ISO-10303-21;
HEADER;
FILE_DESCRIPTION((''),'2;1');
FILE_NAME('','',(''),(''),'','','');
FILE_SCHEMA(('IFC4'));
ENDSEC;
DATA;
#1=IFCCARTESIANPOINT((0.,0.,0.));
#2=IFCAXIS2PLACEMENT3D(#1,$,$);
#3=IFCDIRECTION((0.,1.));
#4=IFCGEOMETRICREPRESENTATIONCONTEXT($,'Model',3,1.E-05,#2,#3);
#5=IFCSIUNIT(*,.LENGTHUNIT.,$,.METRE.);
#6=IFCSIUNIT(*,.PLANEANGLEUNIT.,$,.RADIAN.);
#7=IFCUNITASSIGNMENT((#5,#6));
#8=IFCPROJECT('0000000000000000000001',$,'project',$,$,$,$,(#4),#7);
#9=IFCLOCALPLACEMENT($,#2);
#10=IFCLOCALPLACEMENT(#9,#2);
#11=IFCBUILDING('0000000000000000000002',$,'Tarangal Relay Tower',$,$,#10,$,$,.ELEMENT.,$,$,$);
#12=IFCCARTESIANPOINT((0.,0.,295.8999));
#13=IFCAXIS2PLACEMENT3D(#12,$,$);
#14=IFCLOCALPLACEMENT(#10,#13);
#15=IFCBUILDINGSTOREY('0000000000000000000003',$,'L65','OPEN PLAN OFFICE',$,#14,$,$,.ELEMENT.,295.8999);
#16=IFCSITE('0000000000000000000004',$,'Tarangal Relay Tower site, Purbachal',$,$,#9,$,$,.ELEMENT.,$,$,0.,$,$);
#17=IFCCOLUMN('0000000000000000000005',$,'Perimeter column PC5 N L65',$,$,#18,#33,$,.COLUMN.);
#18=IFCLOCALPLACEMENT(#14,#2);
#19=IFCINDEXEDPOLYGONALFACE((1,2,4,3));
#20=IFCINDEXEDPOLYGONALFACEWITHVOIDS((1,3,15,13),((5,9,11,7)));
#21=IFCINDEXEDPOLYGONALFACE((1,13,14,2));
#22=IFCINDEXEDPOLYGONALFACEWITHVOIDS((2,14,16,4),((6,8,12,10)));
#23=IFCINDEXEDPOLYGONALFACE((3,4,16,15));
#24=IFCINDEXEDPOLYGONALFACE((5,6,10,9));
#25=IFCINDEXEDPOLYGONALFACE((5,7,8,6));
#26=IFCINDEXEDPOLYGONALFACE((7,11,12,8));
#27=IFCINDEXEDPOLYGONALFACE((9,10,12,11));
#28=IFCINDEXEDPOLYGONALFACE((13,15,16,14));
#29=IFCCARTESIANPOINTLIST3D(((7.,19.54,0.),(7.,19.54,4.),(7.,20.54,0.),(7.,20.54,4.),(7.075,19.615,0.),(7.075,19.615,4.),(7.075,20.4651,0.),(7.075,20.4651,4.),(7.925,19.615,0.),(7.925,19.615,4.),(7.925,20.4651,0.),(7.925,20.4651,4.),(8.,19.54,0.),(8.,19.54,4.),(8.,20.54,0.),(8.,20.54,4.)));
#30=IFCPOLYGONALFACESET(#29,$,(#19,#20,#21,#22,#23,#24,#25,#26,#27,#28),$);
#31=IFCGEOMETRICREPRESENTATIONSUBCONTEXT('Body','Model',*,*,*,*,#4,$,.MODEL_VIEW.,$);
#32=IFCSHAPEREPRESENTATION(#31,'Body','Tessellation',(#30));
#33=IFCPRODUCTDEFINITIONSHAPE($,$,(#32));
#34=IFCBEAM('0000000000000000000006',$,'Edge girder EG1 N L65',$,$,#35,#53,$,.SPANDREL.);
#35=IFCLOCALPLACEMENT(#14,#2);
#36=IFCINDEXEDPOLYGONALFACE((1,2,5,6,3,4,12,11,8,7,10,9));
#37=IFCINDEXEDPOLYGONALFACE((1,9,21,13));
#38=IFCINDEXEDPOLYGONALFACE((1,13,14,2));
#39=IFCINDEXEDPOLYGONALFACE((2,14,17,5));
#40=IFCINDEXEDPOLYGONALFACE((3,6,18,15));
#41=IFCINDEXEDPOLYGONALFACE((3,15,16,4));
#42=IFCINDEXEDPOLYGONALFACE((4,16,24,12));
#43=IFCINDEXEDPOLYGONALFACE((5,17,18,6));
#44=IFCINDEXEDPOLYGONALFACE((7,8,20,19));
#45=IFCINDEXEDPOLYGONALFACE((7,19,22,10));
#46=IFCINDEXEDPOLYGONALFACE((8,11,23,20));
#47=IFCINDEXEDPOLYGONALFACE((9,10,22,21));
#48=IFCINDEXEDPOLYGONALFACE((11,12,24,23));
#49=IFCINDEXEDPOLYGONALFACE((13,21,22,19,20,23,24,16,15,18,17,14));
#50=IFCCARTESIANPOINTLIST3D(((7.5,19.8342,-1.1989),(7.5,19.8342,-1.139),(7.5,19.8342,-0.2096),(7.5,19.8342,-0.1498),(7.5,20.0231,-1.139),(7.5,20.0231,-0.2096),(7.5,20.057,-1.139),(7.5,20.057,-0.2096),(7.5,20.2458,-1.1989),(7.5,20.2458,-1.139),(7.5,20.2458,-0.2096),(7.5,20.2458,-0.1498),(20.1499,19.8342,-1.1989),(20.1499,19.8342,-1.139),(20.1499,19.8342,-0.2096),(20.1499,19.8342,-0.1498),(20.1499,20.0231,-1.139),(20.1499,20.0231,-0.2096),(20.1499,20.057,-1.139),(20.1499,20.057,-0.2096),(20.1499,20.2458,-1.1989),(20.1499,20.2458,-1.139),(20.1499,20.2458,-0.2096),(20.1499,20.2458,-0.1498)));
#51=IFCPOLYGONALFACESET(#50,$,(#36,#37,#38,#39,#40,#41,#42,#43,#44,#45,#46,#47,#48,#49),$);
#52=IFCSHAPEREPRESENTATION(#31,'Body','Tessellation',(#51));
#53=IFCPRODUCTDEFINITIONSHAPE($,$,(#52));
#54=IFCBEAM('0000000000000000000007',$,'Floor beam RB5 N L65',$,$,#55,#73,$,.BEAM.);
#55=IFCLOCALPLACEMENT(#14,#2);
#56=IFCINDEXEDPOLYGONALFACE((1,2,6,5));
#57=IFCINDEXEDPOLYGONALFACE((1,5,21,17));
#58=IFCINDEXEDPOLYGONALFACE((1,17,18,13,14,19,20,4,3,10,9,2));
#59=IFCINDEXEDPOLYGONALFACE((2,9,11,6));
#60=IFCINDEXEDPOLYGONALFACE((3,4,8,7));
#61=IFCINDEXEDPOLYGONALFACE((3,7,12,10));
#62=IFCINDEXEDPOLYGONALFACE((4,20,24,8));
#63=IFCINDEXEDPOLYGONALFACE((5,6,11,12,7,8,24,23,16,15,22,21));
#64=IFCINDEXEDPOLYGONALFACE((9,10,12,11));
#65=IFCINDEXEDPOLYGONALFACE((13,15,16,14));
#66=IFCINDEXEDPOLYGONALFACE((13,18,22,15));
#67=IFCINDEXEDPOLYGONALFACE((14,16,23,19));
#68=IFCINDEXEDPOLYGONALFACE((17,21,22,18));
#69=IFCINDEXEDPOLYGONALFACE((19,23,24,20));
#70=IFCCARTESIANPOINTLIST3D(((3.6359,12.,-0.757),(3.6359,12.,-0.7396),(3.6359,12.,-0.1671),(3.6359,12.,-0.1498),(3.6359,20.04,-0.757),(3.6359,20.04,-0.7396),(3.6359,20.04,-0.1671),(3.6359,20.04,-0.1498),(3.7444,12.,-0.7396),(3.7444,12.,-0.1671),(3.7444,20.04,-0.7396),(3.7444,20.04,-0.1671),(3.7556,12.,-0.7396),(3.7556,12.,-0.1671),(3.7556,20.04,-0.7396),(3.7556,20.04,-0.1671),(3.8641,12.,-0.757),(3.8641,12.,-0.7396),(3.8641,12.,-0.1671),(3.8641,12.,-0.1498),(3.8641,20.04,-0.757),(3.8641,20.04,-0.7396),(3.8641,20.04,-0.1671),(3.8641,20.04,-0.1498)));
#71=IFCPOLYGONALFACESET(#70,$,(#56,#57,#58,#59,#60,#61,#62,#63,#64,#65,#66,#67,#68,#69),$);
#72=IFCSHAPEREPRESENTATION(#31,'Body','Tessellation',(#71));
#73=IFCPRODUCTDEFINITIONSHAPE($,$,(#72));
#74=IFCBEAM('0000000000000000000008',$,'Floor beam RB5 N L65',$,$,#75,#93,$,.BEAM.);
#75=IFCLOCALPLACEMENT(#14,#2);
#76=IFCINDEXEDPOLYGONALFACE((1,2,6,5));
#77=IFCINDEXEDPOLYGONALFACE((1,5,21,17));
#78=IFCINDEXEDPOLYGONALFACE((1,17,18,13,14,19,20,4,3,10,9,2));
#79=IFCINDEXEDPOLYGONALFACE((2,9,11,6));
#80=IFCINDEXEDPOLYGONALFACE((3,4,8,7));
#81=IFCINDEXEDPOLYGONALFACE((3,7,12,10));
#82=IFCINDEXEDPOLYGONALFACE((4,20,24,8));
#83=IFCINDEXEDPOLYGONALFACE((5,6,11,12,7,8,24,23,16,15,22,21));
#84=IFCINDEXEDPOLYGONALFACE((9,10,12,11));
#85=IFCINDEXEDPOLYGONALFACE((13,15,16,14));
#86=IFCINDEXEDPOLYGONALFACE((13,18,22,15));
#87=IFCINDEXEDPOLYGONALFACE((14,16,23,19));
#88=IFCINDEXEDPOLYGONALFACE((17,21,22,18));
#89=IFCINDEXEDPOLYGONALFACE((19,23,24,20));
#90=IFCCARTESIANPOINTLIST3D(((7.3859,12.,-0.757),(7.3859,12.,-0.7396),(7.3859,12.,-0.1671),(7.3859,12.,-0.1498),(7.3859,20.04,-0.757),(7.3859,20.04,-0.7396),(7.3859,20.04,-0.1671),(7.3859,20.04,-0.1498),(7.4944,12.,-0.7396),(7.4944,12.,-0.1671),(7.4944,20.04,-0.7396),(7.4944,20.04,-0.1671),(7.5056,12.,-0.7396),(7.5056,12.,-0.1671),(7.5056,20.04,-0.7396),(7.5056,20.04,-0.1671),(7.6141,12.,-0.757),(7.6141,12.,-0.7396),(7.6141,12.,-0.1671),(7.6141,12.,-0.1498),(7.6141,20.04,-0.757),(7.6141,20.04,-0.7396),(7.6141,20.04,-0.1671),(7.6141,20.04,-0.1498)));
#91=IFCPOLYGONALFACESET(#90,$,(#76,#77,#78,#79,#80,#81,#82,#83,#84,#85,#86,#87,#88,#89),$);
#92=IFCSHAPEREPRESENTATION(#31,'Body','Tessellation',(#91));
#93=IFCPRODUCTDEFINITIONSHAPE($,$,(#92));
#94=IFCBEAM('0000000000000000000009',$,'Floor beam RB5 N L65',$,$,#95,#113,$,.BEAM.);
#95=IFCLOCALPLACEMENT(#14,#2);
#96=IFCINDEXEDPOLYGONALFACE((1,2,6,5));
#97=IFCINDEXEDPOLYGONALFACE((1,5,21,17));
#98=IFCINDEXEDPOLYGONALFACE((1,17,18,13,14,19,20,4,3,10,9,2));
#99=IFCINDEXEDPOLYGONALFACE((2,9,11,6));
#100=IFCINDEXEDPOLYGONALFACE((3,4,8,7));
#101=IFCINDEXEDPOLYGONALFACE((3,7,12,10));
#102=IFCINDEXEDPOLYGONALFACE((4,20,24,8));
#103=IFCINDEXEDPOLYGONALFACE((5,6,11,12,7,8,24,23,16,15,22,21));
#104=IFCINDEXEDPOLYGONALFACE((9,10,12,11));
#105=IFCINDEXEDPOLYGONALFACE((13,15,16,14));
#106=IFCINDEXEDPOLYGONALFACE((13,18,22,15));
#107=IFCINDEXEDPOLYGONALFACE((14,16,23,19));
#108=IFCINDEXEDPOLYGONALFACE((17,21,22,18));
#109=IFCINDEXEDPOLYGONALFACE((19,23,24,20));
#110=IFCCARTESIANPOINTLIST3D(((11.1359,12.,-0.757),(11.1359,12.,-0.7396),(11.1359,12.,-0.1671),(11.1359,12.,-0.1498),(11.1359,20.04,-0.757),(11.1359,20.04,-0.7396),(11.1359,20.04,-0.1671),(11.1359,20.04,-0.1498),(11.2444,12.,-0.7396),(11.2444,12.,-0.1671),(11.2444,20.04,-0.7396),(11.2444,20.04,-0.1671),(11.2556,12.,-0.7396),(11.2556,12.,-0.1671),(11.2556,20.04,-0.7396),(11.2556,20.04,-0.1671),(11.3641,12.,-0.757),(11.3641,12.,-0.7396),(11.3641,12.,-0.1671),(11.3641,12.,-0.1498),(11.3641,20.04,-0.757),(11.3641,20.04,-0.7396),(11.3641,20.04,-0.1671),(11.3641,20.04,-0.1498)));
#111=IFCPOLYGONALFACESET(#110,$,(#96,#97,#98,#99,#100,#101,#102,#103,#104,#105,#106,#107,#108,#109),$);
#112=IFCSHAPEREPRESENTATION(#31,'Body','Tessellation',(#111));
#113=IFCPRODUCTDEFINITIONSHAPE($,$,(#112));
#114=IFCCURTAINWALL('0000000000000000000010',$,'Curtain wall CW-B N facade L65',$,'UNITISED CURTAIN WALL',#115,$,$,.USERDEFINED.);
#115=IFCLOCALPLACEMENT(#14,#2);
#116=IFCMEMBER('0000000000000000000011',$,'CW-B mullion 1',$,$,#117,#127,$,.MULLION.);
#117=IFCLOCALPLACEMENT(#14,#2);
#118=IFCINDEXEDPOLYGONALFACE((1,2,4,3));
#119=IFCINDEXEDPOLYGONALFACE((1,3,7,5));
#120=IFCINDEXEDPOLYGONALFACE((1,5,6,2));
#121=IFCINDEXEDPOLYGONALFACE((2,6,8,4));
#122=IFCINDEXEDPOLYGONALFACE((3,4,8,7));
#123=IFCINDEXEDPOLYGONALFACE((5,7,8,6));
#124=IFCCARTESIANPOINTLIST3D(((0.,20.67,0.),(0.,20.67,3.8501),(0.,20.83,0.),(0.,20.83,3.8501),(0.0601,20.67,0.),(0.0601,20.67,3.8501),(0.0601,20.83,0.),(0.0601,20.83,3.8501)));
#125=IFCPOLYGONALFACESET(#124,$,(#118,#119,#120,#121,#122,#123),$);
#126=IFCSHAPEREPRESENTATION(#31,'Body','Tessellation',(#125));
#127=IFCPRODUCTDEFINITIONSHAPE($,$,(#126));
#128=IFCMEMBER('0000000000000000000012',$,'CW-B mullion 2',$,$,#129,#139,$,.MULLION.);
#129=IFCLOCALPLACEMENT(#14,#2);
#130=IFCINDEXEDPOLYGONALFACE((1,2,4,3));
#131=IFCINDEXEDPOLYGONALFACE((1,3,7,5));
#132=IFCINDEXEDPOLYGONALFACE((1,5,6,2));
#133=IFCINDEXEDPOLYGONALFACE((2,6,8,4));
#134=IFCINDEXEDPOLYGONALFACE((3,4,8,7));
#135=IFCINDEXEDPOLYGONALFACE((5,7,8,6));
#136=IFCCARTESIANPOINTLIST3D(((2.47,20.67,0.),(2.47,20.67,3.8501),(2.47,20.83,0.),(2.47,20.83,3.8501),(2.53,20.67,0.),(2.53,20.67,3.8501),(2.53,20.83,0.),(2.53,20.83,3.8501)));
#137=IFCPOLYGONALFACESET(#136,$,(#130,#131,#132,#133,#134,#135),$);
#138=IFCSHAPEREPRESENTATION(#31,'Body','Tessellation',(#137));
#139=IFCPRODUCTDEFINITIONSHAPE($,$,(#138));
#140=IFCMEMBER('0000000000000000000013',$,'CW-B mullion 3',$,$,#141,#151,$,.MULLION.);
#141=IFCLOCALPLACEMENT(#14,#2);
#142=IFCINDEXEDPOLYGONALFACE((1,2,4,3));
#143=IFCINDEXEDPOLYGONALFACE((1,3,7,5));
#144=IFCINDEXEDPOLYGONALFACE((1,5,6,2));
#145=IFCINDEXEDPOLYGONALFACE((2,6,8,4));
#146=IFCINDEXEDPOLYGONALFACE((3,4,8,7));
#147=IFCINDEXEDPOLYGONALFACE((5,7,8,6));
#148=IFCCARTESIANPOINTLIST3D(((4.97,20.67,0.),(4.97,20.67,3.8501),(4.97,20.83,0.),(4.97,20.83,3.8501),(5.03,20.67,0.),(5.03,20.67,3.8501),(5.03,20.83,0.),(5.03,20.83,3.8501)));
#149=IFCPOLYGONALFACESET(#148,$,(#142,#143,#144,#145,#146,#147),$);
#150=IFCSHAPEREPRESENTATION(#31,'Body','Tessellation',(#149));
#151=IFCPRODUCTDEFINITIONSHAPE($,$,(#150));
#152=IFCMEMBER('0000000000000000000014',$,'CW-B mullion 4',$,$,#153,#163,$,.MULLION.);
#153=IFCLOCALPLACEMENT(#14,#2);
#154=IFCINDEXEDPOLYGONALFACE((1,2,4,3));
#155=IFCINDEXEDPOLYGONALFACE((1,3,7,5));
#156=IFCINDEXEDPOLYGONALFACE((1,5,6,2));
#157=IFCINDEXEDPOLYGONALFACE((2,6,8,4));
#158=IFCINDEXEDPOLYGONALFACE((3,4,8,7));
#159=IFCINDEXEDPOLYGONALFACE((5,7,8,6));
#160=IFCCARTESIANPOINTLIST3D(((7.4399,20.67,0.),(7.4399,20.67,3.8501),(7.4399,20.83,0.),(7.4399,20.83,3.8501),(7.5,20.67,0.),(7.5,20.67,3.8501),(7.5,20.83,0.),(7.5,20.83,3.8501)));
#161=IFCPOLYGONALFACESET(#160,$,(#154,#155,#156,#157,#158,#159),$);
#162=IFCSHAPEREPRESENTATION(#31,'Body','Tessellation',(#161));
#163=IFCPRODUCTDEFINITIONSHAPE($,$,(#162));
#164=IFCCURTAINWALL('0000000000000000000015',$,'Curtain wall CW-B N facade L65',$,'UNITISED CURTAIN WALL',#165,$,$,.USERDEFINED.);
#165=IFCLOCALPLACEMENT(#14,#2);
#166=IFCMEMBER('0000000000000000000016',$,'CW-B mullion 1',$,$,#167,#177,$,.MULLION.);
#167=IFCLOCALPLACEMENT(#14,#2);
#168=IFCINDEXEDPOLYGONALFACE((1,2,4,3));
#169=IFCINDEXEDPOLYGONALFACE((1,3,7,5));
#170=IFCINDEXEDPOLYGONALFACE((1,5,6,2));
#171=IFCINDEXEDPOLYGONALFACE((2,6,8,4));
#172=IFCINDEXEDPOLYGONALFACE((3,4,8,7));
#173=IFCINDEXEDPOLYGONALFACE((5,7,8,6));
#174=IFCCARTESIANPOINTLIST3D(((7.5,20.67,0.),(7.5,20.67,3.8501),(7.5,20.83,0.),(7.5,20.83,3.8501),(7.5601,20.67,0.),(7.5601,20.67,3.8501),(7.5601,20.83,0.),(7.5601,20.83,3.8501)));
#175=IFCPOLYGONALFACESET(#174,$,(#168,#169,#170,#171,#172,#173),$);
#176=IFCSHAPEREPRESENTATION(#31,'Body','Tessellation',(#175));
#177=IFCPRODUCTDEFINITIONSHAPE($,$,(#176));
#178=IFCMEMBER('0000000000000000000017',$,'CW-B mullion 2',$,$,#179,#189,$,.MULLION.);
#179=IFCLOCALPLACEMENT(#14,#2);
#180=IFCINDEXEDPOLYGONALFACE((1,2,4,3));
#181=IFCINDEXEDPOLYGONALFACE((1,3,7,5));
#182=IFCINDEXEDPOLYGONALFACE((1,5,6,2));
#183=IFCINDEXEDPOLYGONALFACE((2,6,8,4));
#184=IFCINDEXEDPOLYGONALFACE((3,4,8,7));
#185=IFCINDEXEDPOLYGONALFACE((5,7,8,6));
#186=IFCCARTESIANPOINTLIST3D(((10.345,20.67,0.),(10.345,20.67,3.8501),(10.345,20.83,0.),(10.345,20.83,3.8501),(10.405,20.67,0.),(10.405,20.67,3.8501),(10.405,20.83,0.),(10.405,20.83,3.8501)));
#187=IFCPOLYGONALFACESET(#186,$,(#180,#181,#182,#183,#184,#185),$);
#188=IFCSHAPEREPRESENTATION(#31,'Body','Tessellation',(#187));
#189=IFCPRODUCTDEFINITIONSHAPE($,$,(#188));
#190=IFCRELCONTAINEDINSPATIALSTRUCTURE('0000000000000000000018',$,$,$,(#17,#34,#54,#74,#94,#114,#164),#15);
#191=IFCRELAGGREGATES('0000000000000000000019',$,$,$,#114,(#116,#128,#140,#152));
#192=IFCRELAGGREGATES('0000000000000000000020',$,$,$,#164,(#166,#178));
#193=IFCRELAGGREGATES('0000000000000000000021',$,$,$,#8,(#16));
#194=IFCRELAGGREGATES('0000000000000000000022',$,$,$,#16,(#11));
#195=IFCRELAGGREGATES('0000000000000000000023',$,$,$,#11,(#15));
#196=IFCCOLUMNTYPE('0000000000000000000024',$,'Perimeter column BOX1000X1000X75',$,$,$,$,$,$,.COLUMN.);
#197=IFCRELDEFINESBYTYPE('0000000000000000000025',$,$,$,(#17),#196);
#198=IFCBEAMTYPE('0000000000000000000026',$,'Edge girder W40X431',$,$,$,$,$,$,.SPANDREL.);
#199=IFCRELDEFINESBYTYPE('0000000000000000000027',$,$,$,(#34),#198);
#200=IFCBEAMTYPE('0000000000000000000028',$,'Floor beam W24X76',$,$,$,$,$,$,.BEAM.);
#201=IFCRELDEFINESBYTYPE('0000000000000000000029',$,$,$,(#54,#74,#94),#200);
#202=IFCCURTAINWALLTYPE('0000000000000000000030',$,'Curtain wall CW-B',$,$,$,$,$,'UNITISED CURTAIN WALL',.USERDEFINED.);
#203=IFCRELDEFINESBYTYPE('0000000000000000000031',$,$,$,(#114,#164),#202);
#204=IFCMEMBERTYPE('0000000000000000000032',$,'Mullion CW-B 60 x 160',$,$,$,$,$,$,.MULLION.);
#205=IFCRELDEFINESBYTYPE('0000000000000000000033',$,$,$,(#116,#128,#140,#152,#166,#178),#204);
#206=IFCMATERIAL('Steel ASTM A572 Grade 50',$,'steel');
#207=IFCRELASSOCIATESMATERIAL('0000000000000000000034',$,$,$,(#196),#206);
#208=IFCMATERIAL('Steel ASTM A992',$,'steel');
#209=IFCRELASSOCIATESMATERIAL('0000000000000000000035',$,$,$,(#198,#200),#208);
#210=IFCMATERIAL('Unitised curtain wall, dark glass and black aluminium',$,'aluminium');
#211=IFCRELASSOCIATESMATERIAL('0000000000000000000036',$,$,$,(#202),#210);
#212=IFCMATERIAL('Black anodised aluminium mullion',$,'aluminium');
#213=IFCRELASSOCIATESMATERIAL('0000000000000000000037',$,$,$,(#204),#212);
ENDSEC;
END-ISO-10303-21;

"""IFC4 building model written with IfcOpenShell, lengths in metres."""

from ifc_helpers import new_model, si_unit, direction, frame, origin, origin_2d, place, context, subcontext, project, spatial, rectangle, hollow_rectangle, i_section, extrude, material, material_profile, profile_set, type_object, element, aggregate, save


model = new_model("IFC4")

# Units and contexts
model_context = context("Model", 3, precision=1e-05, world=origin(), true_north=direction((0.0, 1.0)))
body_context = subcontext(model_context, "Body", "Model", "MODEL_VIEW")
ifc_project = project(units=[si_unit("LENGTHUNIT", "METRE"), si_unit("PLANEANGLEUNIT", "RADIAN")], contexts=[model_context])

# Site, building, storey
site_placement = place(None, origin())
site = spatial("IfcSite", under=ifc_project, at=site_placement, Name="Tarangal Relay Tower site, Purbachal", CompositionType="ELEMENT", RefElevation=0.0)
building_placement = place(site_placement, origin())
building = spatial("IfcBuilding", under=site, at=building_placement, Name="Tarangal Relay Tower", CompositionType="ELEMENT")
storey_placement = place(building_placement, frame((0.0, 0.0, 295.8999)))
storey = spatial("IfcBuildingStorey", under=building, at=storey_placement, Name="L65", Description="OPEN PLAN OFFICE", CompositionType="ELEMENT", Elevation=295.8999)

# Column
ifc_material_1 = material(Name="Steel ASTM A572 Grade 50", Category="steel")
ifc_material_profile_1 = material_profile(ifc_material_1, hollow_rectangle(XDim=1.0, YDim=1.0, WallThickness=0.075, at=origin_2d()), Name="BOX1000X1000X75")
ifc_profile_set_1 = profile_set([ifc_material_profile_1], Name="Steel ASTM A572 Grade 50")
column_type = type_object("IfcColumnType", Name="Perimeter column BOX1000X1000X75", PredefinedType="COLUMN", material=ifc_profile_set_1)
column_placement = place(storey_placement, frame((7.5, 20.04, 0.0), z_axis=(0.0, 0.0, 1.0), x_axis=(1.0, 0.0, 0.0)))
element("IfcColumn", 1, at=column_placement, inside=storey, type_object=column_type, Name="Perimeter column PC5 N L65", PredefinedType="COLUMN", context=body_context, shape_type="SweptSolid", body=[
    extrude(hollow_rectangle(XDim=1.0, YDim=1.0, WallThickness=0.075, at=origin_2d()), origin(), (0.0, 0.0, 1.0), 4.0),
])

# Beams
ifc_material_2 = material(Name="Steel ASTM A992", Category="steel")
ifc_material_profile_2 = material_profile(ifc_material_2, i_section(OverallWidth=0.4116, OverallDepth=1.0491, WebThickness=0.0339, FlangeThickness=0.0598, at=origin_2d()), Name="W40X431")
ifc_profile_set_2 = profile_set([ifc_material_profile_2], Name="Steel ASTM A992")
beam_type_1 = type_object("IfcBeamType", Name="Edge girder W40X431", PredefinedType="SPANDREL", material=ifc_profile_set_2)
beam_placement = place(storey_placement, frame((7.5, 20.04, -0.6743), z_axis=(1.0, 0.0, 0.0), x_axis=(0.0, 1.0, 0.0)))
element("IfcBeam", 2, at=beam_placement, inside=storey, type_object=beam_type_1, Name="Edge girder EG1 N L65", PredefinedType="SPANDREL", context=body_context, shape_type="SweptSolid", body=[
    extrude(i_section(OverallWidth=0.4116, OverallDepth=1.0491, WebThickness=0.0339, FlangeThickness=0.0598, at=origin_2d()), origin(), (0.0, 0.0, 1.0), 12.6499),
])
ifc_material_profile_3 = material_profile(ifc_material_2, i_section(OverallWidth=0.2283, OverallDepth=0.6072, WebThickness=0.0112, FlangeThickness=0.0173, at=origin_2d()), Name="W24X76")
ifc_profile_set_3 = profile_set([ifc_material_profile_3], Name="Steel ASTM A992")
beam_type_2 = type_object("IfcBeamType", Name="Floor beam W24X76", PredefinedType="BEAM", material=ifc_profile_set_3)
for number, where, z_axis, x_axis, name in (
    (3, (3.75, 12.0, -0.4534), (0.0, 1.0, 0.0), (-1.0, 0.0, 0.0), "Floor beam RB5 N L65"),
    (4, (7.5, 12.0, -0.4534), (0.0, 1.0, 0.0), (-1.0, 0.0, 0.0), "Floor beam RB5 N L65"),
    (5, (11.25, 12.0, -0.4534), (0.0, 1.0, 0.0), (-1.0, 0.0, 0.0), "Floor beam RB5 N L65"),
):
    element("IfcBeam", number, at=place(storey_placement, frame(where, z_axis=z_axis, x_axis=x_axis)), inside=storey, type_object=beam_type_2, Name=name, PredefinedType="BEAM", context=body_context, shape_type="SweptSolid", body=[
        extrude(i_section(OverallWidth=0.2283, OverallDepth=0.6072, WebThickness=0.0112, FlangeThickness=0.0173, at=origin_2d()), origin(), (0.0, 0.0, 1.0), 8.04),
    ])

# Curtain walls, members
ifc_material_3 = material(Name="Unitised curtain wall, dark glass and black aluminium", Category="aluminium")
curtain_wall_type = type_object("IfcCurtainWallType", Name="Curtain wall CW-B", ElementType="UNITISED CURTAIN WALL", PredefinedType="USERDEFINED", material=ifc_material_3)
curtain_wall_1_placement = place(storey_placement, origin())
curtain_wall_1 = element("IfcCurtainWall", 6, at=curtain_wall_1_placement, inside=storey, type_object=curtain_wall_type, Name="Curtain wall CW-B N facade L65", ObjectType="UNITISED CURTAIN WALL", PredefinedType="USERDEFINED")
ifc_material_4 = material(Name="Black anodised aluminium mullion", Category="aluminium")
ifc_material_profile_4 = material_profile(ifc_material_4, rectangle(XDim=0.1599, YDim=0.0601, at=origin_2d()), Name="CW-BM 60X160")
ifc_profile_set_4 = profile_set([ifc_material_profile_4], Name="Black anodised aluminium mullion")
member_type_1 = type_object("IfcMemberType", Name="Mullion CW-B 60 x 160", PredefinedType="MULLION", material=ifc_profile_set_4)
member_1_placement = place(storey_placement, frame((0.03, 20.75, 0.0), z_axis=(0.0, 0.0, 1.0), x_axis=(0.0, 1.0, 0.0)))
member_1 = element("IfcMember", 7, at=member_1_placement, type_object=member_type_1, Name="CW-B mullion 1", PredefinedType="MULLION", context=body_context, shape_type="SweptSolid", body=[
    extrude(rectangle(XDim=0.1599, YDim=0.0601, at=origin_2d()), origin(), (0.0, 0.0, 1.0), 3.8501),
])
member_2_placement = place(storey_placement, frame((2.5, 20.75, 0.0), z_axis=(0.0, 0.0, 1.0), x_axis=(0.0, 1.0, 0.0)))
member_2 = element("IfcMember", 8, at=member_2_placement, type_object=member_type_1, Name="CW-B mullion 2", PredefinedType="MULLION", context=body_context, shape_type="SweptSolid", body=[
    extrude(rectangle(XDim=0.1599, YDim=0.0601, at=origin_2d()), origin(), (0.0, 0.0, 1.0), 3.8501),
])
member_3_placement = place(storey_placement, frame((5.0, 20.75, 0.0), z_axis=(0.0, 0.0, 1.0), x_axis=(0.0, 1.0, 0.0)))
member_3 = element("IfcMember", 9, at=member_3_placement, type_object=member_type_1, Name="CW-B mullion 3", PredefinedType="MULLION", context=body_context, shape_type="SweptSolid", body=[
    extrude(rectangle(XDim=0.1599, YDim=0.0601, at=origin_2d()), origin(), (0.0, 0.0, 1.0), 3.8501),
])
member_4_placement = place(storey_placement, frame((7.47, 20.75, 0.0), z_axis=(0.0, 0.0, 1.0), x_axis=(0.0, 1.0, 0.0)))
member_4 = element("IfcMember", 10, at=member_4_placement, type_object=member_type_1, Name="CW-B mullion 4", PredefinedType="MULLION", context=body_context, shape_type="SweptSolid", body=[
    extrude(rectangle(XDim=0.1599, YDim=0.0601, at=origin_2d()), origin(), (0.0, 0.0, 1.0), 3.8501),
])
curtain_wall_2_placement = place(storey_placement, origin())
curtain_wall_2 = element("IfcCurtainWall", 11, at=curtain_wall_2_placement, inside=storey, type_object=curtain_wall_type, Name="Curtain wall CW-B N facade L65", ObjectType="UNITISED CURTAIN WALL", PredefinedType="USERDEFINED")
member_5_placement = place(storey_placement, frame((7.53, 20.75, 0.0), z_axis=(0.0, 0.0, 1.0), x_axis=(0.0, 1.0, 0.0)))
member_5 = element("IfcMember", 12, at=member_5_placement, type_object=member_type_1, Name="CW-B mullion 1", PredefinedType="MULLION", context=body_context, shape_type="SweptSolid", body=[
    extrude(rectangle(XDim=0.1599, YDim=0.0601, at=origin_2d()), origin(), (0.0, 0.0, 1.0), 3.8501),
])
member_6_placement = place(storey_placement, frame((10.375, 20.75, 0.0), z_axis=(0.0, 0.0, 1.0), x_axis=(0.0, 1.0, 0.0)))
member_6 = element("IfcMember", 13, at=member_6_placement, type_object=member_type_1, Name="CW-B mullion 2", PredefinedType="MULLION", context=body_context, shape_type="SweptSolid", body=[
    extrude(rectangle(XDim=0.1599, YDim=0.0601, at=origin_2d()), origin(), (0.0, 0.0, 1.0), 3.8501),
])

aggregate(curtain_wall_1, [member_1, member_2, member_3, member_4])
aggregate(curtain_wall_2, [member_5, member_6])

save(model, "model.ifc")
